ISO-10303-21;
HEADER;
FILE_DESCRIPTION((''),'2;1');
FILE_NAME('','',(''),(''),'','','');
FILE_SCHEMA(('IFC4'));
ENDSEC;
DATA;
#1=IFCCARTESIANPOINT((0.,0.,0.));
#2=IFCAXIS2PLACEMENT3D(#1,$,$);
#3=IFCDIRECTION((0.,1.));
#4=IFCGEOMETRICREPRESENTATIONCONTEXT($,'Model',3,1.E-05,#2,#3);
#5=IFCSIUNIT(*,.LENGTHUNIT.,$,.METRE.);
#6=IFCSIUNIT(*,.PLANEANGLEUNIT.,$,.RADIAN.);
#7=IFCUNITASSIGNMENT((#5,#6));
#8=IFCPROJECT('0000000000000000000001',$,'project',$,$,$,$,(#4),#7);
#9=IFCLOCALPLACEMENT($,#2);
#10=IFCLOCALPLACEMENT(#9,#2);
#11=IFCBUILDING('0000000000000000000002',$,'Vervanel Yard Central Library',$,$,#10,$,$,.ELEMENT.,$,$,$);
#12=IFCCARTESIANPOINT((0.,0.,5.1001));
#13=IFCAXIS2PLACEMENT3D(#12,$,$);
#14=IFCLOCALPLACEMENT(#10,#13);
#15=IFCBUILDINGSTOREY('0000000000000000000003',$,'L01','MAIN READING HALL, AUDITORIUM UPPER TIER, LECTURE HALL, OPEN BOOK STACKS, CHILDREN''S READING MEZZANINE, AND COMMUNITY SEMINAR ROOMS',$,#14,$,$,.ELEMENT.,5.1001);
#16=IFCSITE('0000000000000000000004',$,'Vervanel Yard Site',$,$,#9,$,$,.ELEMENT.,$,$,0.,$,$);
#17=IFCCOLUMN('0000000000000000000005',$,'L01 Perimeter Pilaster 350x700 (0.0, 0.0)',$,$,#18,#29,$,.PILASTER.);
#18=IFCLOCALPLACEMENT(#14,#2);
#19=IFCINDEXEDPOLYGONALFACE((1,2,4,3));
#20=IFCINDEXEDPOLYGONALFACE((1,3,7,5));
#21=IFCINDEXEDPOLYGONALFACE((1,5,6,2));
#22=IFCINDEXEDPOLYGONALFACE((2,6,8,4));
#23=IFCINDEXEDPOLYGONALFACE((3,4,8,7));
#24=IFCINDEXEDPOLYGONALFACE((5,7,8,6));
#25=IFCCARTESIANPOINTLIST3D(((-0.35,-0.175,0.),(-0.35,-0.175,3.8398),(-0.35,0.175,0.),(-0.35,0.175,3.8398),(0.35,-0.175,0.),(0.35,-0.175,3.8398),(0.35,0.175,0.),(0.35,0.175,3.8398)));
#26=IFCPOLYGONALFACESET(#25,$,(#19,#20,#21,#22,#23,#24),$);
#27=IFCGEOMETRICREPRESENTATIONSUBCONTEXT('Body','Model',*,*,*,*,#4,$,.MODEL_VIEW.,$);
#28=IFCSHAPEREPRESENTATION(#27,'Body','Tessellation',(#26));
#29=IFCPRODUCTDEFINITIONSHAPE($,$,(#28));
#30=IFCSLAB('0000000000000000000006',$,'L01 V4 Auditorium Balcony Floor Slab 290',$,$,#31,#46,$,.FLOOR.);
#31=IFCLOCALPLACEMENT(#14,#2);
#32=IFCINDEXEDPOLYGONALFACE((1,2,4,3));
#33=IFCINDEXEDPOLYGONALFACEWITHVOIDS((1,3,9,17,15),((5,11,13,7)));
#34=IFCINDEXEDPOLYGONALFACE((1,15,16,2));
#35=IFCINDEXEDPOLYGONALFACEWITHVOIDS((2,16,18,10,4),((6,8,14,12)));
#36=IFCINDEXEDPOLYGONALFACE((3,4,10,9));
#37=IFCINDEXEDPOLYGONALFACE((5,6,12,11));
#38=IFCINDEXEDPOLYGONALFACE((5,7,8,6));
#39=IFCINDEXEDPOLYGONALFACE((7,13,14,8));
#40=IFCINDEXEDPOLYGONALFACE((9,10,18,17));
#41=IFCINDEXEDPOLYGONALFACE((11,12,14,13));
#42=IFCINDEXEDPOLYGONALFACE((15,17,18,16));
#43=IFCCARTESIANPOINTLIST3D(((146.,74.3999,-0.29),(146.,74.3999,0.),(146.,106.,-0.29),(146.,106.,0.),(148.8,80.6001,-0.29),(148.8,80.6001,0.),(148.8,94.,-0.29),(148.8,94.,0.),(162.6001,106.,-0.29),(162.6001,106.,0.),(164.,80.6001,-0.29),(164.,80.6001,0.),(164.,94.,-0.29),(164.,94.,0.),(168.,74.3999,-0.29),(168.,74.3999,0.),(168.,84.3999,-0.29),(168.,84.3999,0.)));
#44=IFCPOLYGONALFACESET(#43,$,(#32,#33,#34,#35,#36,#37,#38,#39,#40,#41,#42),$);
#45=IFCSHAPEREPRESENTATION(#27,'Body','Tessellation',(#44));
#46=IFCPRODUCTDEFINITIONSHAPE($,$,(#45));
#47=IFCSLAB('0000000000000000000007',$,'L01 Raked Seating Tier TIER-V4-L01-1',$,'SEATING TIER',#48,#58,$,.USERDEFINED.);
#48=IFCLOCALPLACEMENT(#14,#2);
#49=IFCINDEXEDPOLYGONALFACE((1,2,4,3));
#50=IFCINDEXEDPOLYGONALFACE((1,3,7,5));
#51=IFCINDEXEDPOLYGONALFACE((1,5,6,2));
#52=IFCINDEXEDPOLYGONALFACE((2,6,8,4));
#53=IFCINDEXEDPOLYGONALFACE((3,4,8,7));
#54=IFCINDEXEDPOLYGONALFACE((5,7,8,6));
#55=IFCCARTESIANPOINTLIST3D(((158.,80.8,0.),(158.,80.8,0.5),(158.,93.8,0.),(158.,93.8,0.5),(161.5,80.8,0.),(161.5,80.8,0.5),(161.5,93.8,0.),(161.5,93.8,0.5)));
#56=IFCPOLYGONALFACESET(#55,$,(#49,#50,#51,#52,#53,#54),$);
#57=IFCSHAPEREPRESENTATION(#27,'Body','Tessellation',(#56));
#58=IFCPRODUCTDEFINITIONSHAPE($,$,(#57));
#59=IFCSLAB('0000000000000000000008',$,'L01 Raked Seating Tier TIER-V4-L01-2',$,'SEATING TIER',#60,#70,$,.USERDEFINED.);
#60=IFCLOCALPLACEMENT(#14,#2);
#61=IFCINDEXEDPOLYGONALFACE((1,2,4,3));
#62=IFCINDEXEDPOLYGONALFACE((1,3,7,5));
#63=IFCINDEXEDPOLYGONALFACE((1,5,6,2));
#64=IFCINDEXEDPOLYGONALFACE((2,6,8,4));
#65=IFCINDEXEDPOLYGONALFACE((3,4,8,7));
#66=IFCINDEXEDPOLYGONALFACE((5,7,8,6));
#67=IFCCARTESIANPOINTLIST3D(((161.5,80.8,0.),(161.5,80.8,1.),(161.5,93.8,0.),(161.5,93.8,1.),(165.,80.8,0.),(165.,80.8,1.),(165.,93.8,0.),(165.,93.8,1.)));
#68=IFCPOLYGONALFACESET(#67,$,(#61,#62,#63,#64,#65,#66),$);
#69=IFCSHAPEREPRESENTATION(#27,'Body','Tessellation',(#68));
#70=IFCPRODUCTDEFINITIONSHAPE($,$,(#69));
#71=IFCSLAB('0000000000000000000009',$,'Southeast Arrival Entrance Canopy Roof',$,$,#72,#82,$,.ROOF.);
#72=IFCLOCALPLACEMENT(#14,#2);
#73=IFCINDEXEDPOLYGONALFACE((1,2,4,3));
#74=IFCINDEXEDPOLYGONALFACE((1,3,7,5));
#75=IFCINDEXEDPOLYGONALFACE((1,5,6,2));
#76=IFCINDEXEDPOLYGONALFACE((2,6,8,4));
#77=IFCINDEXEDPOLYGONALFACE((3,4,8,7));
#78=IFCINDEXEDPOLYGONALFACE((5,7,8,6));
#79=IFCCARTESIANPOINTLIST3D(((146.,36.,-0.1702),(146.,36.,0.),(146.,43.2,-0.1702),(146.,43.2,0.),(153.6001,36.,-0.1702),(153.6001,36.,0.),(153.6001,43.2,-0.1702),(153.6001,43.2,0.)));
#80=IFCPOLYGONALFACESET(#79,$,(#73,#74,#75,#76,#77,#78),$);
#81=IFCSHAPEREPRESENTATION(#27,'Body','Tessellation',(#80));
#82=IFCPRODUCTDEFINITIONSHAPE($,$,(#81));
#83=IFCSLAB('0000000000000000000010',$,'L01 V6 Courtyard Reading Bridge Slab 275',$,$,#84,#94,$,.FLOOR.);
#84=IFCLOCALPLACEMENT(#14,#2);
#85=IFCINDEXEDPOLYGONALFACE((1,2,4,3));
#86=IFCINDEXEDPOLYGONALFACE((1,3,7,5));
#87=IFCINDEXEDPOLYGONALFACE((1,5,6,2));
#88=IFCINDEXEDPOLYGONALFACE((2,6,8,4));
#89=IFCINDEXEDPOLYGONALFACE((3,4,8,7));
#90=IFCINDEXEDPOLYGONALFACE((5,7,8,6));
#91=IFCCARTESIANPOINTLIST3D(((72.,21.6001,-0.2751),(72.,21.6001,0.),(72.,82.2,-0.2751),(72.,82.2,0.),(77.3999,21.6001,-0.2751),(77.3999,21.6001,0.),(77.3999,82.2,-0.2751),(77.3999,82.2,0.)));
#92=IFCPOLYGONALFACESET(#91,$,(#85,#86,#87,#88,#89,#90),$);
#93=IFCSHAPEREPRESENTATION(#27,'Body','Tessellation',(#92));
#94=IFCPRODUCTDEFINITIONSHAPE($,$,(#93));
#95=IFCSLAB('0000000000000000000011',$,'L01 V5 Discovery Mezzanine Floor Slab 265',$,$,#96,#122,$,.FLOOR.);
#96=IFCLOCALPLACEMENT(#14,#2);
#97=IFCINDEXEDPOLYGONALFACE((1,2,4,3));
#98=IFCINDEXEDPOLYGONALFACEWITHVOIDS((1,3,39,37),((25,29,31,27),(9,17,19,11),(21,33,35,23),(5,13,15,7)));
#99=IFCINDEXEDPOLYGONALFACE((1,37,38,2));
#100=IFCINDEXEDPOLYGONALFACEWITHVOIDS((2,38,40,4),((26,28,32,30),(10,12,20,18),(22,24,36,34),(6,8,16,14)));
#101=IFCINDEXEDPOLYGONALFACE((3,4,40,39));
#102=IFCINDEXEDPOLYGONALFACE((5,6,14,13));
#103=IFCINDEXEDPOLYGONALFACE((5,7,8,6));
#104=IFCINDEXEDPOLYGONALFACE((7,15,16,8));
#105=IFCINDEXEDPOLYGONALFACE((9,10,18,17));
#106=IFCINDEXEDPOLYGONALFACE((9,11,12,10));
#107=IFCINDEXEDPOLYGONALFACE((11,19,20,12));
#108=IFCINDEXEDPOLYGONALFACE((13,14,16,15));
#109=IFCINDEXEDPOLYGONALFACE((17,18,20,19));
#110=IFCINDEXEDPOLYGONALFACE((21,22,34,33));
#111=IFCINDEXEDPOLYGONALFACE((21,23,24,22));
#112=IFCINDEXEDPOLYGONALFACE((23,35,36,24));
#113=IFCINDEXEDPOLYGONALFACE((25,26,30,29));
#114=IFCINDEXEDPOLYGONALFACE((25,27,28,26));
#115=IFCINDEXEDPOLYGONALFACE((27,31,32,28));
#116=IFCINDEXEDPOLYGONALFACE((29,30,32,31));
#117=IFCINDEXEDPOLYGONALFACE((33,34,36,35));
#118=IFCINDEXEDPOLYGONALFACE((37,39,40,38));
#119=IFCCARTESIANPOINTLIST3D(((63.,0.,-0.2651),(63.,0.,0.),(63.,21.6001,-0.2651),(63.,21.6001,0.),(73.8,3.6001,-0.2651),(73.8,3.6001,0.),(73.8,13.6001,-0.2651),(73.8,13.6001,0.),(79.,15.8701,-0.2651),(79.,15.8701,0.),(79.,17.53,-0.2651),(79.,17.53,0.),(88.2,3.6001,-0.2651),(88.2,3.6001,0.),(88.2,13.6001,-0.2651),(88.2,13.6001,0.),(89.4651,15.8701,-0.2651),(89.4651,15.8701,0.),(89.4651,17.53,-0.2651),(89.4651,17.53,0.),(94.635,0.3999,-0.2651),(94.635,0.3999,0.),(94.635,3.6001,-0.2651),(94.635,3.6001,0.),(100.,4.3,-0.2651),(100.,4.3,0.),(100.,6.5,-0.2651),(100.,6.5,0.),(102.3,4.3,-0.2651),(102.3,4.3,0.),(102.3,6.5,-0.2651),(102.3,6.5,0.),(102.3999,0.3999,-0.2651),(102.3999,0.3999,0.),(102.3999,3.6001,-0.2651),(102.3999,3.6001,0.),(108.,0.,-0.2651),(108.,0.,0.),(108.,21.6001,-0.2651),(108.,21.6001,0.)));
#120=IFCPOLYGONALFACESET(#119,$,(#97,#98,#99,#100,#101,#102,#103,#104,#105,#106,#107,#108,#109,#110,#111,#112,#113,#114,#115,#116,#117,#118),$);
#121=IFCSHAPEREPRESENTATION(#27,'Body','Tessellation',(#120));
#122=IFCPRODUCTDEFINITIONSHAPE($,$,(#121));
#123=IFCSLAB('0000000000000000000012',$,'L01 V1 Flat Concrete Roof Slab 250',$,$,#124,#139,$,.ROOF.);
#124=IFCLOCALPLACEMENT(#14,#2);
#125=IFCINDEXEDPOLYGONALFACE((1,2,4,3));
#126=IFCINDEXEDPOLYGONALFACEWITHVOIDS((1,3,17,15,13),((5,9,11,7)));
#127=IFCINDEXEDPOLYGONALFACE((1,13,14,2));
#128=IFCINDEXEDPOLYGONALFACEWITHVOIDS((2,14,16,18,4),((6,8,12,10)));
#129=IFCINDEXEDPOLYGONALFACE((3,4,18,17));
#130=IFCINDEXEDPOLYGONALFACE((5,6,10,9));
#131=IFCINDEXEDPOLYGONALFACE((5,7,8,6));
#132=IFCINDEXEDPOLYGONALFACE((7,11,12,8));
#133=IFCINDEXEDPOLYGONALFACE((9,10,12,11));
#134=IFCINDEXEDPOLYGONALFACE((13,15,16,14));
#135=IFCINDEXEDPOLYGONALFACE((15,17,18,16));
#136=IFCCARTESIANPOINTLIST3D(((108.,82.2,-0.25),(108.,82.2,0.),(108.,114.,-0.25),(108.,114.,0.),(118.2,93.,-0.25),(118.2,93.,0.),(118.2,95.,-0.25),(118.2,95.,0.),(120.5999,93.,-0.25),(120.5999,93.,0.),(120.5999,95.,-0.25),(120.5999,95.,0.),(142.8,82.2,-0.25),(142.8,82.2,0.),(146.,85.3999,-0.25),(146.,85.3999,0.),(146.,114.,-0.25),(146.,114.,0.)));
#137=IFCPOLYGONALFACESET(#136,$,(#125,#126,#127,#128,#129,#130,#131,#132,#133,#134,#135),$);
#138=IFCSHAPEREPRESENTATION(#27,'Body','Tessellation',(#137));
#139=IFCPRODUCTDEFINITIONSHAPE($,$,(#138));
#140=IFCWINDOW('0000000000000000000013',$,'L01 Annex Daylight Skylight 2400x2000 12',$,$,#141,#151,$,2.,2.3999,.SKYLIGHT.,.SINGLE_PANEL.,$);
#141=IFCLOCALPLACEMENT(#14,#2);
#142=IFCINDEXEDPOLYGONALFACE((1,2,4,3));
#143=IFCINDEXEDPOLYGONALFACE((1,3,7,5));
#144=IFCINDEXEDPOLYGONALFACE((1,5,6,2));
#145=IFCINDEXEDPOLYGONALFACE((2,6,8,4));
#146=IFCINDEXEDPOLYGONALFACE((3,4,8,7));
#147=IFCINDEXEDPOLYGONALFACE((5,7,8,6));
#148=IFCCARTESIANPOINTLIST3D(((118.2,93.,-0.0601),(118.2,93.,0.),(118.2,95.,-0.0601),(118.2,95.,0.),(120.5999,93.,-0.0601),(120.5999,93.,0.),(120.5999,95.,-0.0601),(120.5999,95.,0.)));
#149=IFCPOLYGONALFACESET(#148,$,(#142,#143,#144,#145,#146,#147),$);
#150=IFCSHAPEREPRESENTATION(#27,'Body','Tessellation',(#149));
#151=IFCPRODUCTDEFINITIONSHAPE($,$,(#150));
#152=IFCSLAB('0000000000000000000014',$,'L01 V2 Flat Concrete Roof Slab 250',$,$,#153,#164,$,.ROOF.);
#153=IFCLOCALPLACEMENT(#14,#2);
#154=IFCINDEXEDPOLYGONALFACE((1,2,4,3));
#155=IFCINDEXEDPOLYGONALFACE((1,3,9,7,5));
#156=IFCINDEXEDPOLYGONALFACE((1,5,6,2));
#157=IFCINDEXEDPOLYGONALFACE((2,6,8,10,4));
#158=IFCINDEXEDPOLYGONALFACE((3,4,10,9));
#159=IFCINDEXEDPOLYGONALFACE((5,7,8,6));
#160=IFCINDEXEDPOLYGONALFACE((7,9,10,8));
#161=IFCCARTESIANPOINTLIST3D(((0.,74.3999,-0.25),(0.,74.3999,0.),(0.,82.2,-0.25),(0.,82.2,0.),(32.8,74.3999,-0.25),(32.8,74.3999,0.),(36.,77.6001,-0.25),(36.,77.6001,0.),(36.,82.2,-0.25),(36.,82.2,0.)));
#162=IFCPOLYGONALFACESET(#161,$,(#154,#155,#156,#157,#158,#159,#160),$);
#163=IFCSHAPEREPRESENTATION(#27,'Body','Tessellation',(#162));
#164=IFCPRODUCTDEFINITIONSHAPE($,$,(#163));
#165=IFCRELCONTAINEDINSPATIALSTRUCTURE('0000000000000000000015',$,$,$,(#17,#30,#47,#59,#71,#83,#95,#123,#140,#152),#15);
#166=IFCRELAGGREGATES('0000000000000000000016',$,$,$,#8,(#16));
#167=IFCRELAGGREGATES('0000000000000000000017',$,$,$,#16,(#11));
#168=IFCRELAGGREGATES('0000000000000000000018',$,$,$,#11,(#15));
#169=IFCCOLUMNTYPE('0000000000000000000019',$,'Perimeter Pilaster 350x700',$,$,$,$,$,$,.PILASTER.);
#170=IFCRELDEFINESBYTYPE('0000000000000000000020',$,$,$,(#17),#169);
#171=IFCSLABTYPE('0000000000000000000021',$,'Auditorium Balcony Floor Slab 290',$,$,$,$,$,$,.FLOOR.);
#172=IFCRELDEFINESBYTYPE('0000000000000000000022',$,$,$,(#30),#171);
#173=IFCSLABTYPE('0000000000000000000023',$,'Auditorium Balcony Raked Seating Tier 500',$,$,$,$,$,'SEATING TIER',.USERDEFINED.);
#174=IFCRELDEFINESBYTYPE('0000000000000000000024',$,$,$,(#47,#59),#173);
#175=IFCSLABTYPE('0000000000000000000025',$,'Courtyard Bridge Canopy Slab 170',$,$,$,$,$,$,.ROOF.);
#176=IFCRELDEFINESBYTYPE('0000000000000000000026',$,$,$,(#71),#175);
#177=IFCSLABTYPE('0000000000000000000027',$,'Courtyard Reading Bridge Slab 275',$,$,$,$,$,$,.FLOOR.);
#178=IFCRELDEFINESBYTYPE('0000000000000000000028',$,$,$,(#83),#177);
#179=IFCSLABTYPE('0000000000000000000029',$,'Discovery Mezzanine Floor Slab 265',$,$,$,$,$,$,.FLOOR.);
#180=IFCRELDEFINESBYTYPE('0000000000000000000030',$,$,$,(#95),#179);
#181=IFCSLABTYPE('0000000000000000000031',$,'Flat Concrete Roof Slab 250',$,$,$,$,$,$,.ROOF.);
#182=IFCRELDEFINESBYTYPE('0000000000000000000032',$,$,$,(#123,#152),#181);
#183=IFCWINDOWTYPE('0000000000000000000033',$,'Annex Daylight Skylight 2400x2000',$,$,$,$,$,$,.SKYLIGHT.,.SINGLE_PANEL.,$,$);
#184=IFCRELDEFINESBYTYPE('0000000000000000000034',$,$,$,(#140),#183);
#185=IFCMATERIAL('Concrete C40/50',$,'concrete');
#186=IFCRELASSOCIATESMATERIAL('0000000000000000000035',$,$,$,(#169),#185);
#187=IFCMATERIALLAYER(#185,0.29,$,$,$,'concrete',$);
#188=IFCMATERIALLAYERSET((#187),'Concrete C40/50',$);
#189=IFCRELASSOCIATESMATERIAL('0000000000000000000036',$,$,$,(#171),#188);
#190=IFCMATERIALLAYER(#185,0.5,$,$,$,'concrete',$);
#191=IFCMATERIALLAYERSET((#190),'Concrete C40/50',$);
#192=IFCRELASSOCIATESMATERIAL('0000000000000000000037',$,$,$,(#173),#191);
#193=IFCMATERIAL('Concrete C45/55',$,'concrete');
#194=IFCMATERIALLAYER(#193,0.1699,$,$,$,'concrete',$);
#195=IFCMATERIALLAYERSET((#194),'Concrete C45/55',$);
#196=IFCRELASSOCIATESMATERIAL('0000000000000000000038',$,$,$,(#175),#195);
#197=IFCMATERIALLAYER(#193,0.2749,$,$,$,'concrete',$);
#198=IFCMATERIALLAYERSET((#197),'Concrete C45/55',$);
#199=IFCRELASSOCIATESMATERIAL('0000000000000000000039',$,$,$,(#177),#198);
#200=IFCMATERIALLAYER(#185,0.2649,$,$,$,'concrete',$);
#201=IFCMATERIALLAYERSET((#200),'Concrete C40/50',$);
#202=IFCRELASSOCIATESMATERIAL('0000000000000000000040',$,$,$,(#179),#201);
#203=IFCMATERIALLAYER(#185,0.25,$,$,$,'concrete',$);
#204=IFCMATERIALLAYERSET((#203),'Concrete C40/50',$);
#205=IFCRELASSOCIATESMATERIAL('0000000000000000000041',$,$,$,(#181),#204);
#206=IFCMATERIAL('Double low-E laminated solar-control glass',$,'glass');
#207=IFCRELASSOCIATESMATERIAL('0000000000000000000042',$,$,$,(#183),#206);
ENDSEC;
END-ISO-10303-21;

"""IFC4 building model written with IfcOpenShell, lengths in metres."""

from ifc_helpers import new_model, si_unit, direction, frame, origin, origin_2d, place, context, subcontext, project, spatial, polyline, rectangle, outline, extrude, material, layer, layer_set, material_profile, profile_set, type_object, element, fill, save


model = new_model("IFC4")

# Units and contexts
model_context = context("Model", 3, precision=1e-05, world=origin(), true_north=direction((0.0, 1.0)))
body_context = subcontext(model_context, "Body", "Model", "MODEL_VIEW")
ifc_project = project(units=[si_unit("LENGTHUNIT", "METRE"), si_unit("PLANEANGLEUNIT", "RADIAN")], contexts=[model_context])

# Site, building, storey
site_placement = place(None, origin())
site = spatial("IfcSite", under=ifc_project, at=site_placement, Name="Vervanel Yard Site", CompositionType="ELEMENT", RefElevation=0.0)
building_placement = place(site_placement, origin())
building = spatial("IfcBuilding", under=site, at=building_placement, Name="Vervanel Yard Central Library", CompositionType="ELEMENT")
storey_placement = place(building_placement, frame((0.0, 0.0, 5.1001)))
storey = spatial("IfcBuildingStorey", under=building, at=storey_placement, Name="L01", Description="MAIN READING HALL, AUDITORIUM UPPER TIER, LECTURE HALL, OPEN BOOK STACKS, CHILDREN'S READING MEZZANINE, AND COMMUNITY SEMINAR ROOMS", CompositionType="ELEMENT", Elevation=5.1001)

# Column
ifc_material_1 = material(Name="Concrete C40/50", Category="concrete")
ifc_material_profile = material_profile(ifc_material_1, rectangle(XDim=0.3501, YDim=0.7, at=origin_2d()), Name="RC 350x700", Category="concrete")
ifc_profile_set = profile_set([ifc_material_profile], Name="Concrete C40/50")
column_type = type_object("IfcColumnType", Name="Perimeter Pilaster 350x700", PredefinedType="PILASTER", material=ifc_profile_set)
column_placement = place(storey_placement, frame((0.0, 0.0, 0.0), z_axis=(0.0, 0.0, 1.0), x_axis=(0.0, 1.0, 0.0)))
element("IfcColumn", 1, at=column_placement, inside=storey, type_object=column_type, Name="L01 Perimeter Pilaster 350x700 (0.0, 0.0)", PredefinedType="PILASTER", context=body_context, shape_type="SweptSolid", body=[
    extrude(rectangle(XDim=0.3501, YDim=0.7, at=origin_2d()), origin(), (0.0, 0.0, 1.0), 3.8398),
])

# Slabs
ifc_layer_1 = layer(ifc_material_1, 0.29, Category="concrete")
ifc_layer_set_1 = layer_set([ifc_layer_1], Name="Concrete C40/50")
slab_type_1 = type_object("IfcSlabType", Name="Auditorium Balcony Floor Slab 290", PredefinedType="FLOOR", material=ifc_layer_set_1)
slab_1_placement = place(storey_placement, frame((0.0, 0.0, -0.29)))
element("IfcSlab", 2, at=slab_1_placement, inside=storey, type_object=slab_type_1, Name="L01 V4 Auditorium Balcony Floor Slab 290", PredefinedType="FLOOR", context=body_context, shape_type="SweptSolid", body=[
    extrude(outline(polyline([(146.0, 74.3999), (168.0, 74.3999), (168.0, 84.3999), (162.6001, 106.0), (146.0, 106.0), (146.0, 74.3999)]), holes=[polyline([(148.8, 80.6001), (164.0, 80.6001), (164.0, 94.0), (148.8, 94.0), (148.8, 80.6001)])]), origin(), (0.0, 0.0, 1.0), 0.29),
])
ifc_layer_2 = layer(ifc_material_1, 0.5, Category="concrete")
ifc_layer_set_2 = layer_set([ifc_layer_2], Name="Concrete C40/50")
slab_type_2 = type_object("IfcSlabType", Name="Auditorium Balcony Raked Seating Tier 500", ElementType="SEATING TIER", PredefinedType="USERDEFINED", material=ifc_layer_set_2)
slab_2_placement = place(storey_placement, origin())
element("IfcSlab", 3, at=slab_2_placement, inside=storey, type_object=slab_type_2, Name="L01 Raked Seating Tier TIER-V4-L01-1", ObjectType="SEATING TIER", PredefinedType="USERDEFINED", context=body_context, shape_type="SweptSolid", body=[
    extrude(outline(polyline([(158.0, 80.8), (161.5, 80.8), (161.5, 93.8), (158.0, 93.8), (158.0, 80.8)])), origin(), (0.0, 0.0, 1.0), 0.5),
])
slab_3_placement = place(storey_placement, origin())
element("IfcSlab", 4, at=slab_3_placement, inside=storey, type_object=slab_type_2, Name="L01 Raked Seating Tier TIER-V4-L01-2", ObjectType="SEATING TIER", PredefinedType="USERDEFINED", context=body_context, shape_type="SweptSolid", body=[
    extrude(outline(polyline([(161.5, 80.8), (165.0, 80.8), (165.0, 93.8), (161.5, 93.8), (161.5, 80.8)])), origin(), (0.0, 0.0, 1.0), 1.0),
])
ifc_material_2 = material(Name="Concrete C45/55", Category="concrete")
ifc_layer_3 = layer(ifc_material_2, 0.1699, Category="concrete")
ifc_layer_set_3 = layer_set([ifc_layer_3], Name="Concrete C45/55")
slab_type_3 = type_object("IfcSlabType", Name="Courtyard Bridge Canopy Slab 170", PredefinedType="ROOF", material=ifc_layer_set_3)
slab_4_placement = place(storey_placement, frame((0.0, 0.0, -0.1702)))
element("IfcSlab", 5, at=slab_4_placement, inside=storey, type_object=slab_type_3, Name="Southeast Arrival Entrance Canopy Roof", PredefinedType="ROOF", context=body_context, shape_type="SweptSolid", body=[
    extrude(outline(polyline([(146.0, 36.0), (153.6001, 36.0), (153.6001, 43.2), (146.0, 43.2), (146.0, 36.0)])), origin(), (0.0, 0.0, 1.0), 0.1702),
])
ifc_layer_4 = layer(ifc_material_2, 0.2749, Category="concrete")
ifc_layer_set_4 = layer_set([ifc_layer_4], Name="Concrete C45/55")
slab_type_4 = type_object("IfcSlabType", Name="Courtyard Reading Bridge Slab 275", PredefinedType="FLOOR", material=ifc_layer_set_4)
slab_5_placement = place(storey_placement, frame((0.0, 0.0, -0.2751)))
element("IfcSlab", 6, at=slab_5_placement, inside=storey, type_object=slab_type_4, Name="L01 V6 Courtyard Reading Bridge Slab 275", PredefinedType="FLOOR", context=body_context, shape_type="SweptSolid", body=[
    extrude(outline(polyline([(72.0, 21.6001), (77.3999, 21.6001), (77.3999, 82.2), (72.0, 82.2), (72.0, 21.6001)])), origin(), (0.0, 0.0, 1.0), 0.2751),
])
ifc_layer_5 = layer(ifc_material_1, 0.2649, Category="concrete")
ifc_layer_set_5 = layer_set([ifc_layer_5], Name="Concrete C40/50")
slab_type_5 = type_object("IfcSlabType", Name="Discovery Mezzanine Floor Slab 265", PredefinedType="FLOOR", material=ifc_layer_set_5)
slab_6_placement = place(storey_placement, frame((0.0, 0.0, -0.2651)))
element("IfcSlab", 7, at=slab_6_placement, inside=storey, type_object=slab_type_5, Name="L01 V5 Discovery Mezzanine Floor Slab 265", PredefinedType="FLOOR", context=body_context, shape_type="SweptSolid", body=[
    extrude(outline(polyline([(63.0, 0.0), (108.0, 0.0), (108.0, 21.6001), (63.0, 21.6001), (63.0, 0.0)]), holes=[polyline([(73.8, 3.6001), (88.2, 3.6001), (88.2, 13.6001), (73.8, 13.6001), (73.8, 3.6001)]), polyline([(94.635, 0.3999), (102.3999, 0.3999), (102.3999, 3.6001), (94.635, 3.6001), (94.635, 0.3999)]), polyline([(100.0, 4.3), (102.3, 4.3), (102.3, 6.5), (100.0, 6.5), (100.0, 4.3)]), polyline([(79.0, 15.8701), (89.4651, 15.8701), (89.4651, 17.53), (79.0, 17.53), (79.0, 15.8701)])]), origin(), (0.0, 0.0, 1.0), 0.2651),
])

# Slab, opening, window
ifc_layer_6 = layer(ifc_material_1, 0.25, Category="concrete")
ifc_layer_set_6 = layer_set([ifc_layer_6], Name="Concrete C40/50")
slab_type_6 = type_object("IfcSlabType", Name="Flat Concrete Roof Slab 250", PredefinedType="ROOF", material=ifc_layer_set_6)
slab_7_placement = place(storey_placement, frame((0.0, 0.0, -0.25)))
slab_7 = element("IfcSlab", 8, at=slab_7_placement, inside=storey, type_object=slab_type_6, Name="L01 V1 Flat Concrete Roof Slab 250", PredefinedType="ROOF", context=body_context, shape_type="SweptSolid", body=[
    extrude(outline(polyline([(108.0, 82.2), (142.8, 82.2), (146.0, 85.3999), (146.0, 114.0), (108.0, 114.0), (108.0, 82.2)])), origin(), (0.0, 0.0, 1.0), 0.25),
])
opening_1_placement = place(slab_7_placement, frame((119.3999, 94.0, 0.0)))
opening_1 = element("IfcOpeningElement", 9, at=opening_1_placement, cuts=slab_7, PredefinedType="OPENING", context=body_context, shape_type="SweptSolid", body=[
    extrude(rectangle(XDim=2.3999, YDim=2.0, at=origin_2d()), frame((0.0, 0.0, -0.01)), (0.0, 0.0, 1.0), 0.27),
])
ifc_material_3 = material(Name="Double low-E laminated solar-control glass", Category="glass")
window_type_1 = type_object("IfcWindowType", Name="Annex Daylight Skylight 2400x2000", PartitioningType="SINGLE_PANEL", PredefinedType="SKYLIGHT", material=ifc_material_3)
window_1_placement = place(opening_1_placement, frame((0.0, 0.0, 0.1899)))
window_1 = element("IfcWindow", 10, at=window_1_placement, inside=storey, type_object=window_type_1, Name="L01 Annex Daylight Skylight 2400x2000 12", OverallHeight=2.0, OverallWidth=2.3999, PartitioningType="SINGLE_PANEL", PredefinedType="SKYLIGHT", context=body_context, shape_type="SweptSolid", body=[
    extrude(rectangle(XDim=2.3999, YDim=2.0, at=origin_2d()), origin(), (0.0, 0.0, 1.0), 0.0601),
])
fill(opening_1, window_1)

# Slab
slab_8_placement = place(storey_placement, frame((0.0, 0.0, -0.25)))
element("IfcSlab", 11, at=slab_8_placement, inside=storey, type_object=slab_type_6, Name="L01 V2 Flat Concrete Roof Slab 250", PredefinedType="ROOF", context=body_context, shape_type="SweptSolid", body=[
    extrude(outline(polyline([(0.0, 74.3999), (32.8, 74.3999), (36.0, 77.6001), (36.0, 82.2), (0.0, 82.2), (0.0, 74.3999)])), origin(), (0.0, 0.0, 1.0), 0.25),
])

save(model, "model.ifc")
